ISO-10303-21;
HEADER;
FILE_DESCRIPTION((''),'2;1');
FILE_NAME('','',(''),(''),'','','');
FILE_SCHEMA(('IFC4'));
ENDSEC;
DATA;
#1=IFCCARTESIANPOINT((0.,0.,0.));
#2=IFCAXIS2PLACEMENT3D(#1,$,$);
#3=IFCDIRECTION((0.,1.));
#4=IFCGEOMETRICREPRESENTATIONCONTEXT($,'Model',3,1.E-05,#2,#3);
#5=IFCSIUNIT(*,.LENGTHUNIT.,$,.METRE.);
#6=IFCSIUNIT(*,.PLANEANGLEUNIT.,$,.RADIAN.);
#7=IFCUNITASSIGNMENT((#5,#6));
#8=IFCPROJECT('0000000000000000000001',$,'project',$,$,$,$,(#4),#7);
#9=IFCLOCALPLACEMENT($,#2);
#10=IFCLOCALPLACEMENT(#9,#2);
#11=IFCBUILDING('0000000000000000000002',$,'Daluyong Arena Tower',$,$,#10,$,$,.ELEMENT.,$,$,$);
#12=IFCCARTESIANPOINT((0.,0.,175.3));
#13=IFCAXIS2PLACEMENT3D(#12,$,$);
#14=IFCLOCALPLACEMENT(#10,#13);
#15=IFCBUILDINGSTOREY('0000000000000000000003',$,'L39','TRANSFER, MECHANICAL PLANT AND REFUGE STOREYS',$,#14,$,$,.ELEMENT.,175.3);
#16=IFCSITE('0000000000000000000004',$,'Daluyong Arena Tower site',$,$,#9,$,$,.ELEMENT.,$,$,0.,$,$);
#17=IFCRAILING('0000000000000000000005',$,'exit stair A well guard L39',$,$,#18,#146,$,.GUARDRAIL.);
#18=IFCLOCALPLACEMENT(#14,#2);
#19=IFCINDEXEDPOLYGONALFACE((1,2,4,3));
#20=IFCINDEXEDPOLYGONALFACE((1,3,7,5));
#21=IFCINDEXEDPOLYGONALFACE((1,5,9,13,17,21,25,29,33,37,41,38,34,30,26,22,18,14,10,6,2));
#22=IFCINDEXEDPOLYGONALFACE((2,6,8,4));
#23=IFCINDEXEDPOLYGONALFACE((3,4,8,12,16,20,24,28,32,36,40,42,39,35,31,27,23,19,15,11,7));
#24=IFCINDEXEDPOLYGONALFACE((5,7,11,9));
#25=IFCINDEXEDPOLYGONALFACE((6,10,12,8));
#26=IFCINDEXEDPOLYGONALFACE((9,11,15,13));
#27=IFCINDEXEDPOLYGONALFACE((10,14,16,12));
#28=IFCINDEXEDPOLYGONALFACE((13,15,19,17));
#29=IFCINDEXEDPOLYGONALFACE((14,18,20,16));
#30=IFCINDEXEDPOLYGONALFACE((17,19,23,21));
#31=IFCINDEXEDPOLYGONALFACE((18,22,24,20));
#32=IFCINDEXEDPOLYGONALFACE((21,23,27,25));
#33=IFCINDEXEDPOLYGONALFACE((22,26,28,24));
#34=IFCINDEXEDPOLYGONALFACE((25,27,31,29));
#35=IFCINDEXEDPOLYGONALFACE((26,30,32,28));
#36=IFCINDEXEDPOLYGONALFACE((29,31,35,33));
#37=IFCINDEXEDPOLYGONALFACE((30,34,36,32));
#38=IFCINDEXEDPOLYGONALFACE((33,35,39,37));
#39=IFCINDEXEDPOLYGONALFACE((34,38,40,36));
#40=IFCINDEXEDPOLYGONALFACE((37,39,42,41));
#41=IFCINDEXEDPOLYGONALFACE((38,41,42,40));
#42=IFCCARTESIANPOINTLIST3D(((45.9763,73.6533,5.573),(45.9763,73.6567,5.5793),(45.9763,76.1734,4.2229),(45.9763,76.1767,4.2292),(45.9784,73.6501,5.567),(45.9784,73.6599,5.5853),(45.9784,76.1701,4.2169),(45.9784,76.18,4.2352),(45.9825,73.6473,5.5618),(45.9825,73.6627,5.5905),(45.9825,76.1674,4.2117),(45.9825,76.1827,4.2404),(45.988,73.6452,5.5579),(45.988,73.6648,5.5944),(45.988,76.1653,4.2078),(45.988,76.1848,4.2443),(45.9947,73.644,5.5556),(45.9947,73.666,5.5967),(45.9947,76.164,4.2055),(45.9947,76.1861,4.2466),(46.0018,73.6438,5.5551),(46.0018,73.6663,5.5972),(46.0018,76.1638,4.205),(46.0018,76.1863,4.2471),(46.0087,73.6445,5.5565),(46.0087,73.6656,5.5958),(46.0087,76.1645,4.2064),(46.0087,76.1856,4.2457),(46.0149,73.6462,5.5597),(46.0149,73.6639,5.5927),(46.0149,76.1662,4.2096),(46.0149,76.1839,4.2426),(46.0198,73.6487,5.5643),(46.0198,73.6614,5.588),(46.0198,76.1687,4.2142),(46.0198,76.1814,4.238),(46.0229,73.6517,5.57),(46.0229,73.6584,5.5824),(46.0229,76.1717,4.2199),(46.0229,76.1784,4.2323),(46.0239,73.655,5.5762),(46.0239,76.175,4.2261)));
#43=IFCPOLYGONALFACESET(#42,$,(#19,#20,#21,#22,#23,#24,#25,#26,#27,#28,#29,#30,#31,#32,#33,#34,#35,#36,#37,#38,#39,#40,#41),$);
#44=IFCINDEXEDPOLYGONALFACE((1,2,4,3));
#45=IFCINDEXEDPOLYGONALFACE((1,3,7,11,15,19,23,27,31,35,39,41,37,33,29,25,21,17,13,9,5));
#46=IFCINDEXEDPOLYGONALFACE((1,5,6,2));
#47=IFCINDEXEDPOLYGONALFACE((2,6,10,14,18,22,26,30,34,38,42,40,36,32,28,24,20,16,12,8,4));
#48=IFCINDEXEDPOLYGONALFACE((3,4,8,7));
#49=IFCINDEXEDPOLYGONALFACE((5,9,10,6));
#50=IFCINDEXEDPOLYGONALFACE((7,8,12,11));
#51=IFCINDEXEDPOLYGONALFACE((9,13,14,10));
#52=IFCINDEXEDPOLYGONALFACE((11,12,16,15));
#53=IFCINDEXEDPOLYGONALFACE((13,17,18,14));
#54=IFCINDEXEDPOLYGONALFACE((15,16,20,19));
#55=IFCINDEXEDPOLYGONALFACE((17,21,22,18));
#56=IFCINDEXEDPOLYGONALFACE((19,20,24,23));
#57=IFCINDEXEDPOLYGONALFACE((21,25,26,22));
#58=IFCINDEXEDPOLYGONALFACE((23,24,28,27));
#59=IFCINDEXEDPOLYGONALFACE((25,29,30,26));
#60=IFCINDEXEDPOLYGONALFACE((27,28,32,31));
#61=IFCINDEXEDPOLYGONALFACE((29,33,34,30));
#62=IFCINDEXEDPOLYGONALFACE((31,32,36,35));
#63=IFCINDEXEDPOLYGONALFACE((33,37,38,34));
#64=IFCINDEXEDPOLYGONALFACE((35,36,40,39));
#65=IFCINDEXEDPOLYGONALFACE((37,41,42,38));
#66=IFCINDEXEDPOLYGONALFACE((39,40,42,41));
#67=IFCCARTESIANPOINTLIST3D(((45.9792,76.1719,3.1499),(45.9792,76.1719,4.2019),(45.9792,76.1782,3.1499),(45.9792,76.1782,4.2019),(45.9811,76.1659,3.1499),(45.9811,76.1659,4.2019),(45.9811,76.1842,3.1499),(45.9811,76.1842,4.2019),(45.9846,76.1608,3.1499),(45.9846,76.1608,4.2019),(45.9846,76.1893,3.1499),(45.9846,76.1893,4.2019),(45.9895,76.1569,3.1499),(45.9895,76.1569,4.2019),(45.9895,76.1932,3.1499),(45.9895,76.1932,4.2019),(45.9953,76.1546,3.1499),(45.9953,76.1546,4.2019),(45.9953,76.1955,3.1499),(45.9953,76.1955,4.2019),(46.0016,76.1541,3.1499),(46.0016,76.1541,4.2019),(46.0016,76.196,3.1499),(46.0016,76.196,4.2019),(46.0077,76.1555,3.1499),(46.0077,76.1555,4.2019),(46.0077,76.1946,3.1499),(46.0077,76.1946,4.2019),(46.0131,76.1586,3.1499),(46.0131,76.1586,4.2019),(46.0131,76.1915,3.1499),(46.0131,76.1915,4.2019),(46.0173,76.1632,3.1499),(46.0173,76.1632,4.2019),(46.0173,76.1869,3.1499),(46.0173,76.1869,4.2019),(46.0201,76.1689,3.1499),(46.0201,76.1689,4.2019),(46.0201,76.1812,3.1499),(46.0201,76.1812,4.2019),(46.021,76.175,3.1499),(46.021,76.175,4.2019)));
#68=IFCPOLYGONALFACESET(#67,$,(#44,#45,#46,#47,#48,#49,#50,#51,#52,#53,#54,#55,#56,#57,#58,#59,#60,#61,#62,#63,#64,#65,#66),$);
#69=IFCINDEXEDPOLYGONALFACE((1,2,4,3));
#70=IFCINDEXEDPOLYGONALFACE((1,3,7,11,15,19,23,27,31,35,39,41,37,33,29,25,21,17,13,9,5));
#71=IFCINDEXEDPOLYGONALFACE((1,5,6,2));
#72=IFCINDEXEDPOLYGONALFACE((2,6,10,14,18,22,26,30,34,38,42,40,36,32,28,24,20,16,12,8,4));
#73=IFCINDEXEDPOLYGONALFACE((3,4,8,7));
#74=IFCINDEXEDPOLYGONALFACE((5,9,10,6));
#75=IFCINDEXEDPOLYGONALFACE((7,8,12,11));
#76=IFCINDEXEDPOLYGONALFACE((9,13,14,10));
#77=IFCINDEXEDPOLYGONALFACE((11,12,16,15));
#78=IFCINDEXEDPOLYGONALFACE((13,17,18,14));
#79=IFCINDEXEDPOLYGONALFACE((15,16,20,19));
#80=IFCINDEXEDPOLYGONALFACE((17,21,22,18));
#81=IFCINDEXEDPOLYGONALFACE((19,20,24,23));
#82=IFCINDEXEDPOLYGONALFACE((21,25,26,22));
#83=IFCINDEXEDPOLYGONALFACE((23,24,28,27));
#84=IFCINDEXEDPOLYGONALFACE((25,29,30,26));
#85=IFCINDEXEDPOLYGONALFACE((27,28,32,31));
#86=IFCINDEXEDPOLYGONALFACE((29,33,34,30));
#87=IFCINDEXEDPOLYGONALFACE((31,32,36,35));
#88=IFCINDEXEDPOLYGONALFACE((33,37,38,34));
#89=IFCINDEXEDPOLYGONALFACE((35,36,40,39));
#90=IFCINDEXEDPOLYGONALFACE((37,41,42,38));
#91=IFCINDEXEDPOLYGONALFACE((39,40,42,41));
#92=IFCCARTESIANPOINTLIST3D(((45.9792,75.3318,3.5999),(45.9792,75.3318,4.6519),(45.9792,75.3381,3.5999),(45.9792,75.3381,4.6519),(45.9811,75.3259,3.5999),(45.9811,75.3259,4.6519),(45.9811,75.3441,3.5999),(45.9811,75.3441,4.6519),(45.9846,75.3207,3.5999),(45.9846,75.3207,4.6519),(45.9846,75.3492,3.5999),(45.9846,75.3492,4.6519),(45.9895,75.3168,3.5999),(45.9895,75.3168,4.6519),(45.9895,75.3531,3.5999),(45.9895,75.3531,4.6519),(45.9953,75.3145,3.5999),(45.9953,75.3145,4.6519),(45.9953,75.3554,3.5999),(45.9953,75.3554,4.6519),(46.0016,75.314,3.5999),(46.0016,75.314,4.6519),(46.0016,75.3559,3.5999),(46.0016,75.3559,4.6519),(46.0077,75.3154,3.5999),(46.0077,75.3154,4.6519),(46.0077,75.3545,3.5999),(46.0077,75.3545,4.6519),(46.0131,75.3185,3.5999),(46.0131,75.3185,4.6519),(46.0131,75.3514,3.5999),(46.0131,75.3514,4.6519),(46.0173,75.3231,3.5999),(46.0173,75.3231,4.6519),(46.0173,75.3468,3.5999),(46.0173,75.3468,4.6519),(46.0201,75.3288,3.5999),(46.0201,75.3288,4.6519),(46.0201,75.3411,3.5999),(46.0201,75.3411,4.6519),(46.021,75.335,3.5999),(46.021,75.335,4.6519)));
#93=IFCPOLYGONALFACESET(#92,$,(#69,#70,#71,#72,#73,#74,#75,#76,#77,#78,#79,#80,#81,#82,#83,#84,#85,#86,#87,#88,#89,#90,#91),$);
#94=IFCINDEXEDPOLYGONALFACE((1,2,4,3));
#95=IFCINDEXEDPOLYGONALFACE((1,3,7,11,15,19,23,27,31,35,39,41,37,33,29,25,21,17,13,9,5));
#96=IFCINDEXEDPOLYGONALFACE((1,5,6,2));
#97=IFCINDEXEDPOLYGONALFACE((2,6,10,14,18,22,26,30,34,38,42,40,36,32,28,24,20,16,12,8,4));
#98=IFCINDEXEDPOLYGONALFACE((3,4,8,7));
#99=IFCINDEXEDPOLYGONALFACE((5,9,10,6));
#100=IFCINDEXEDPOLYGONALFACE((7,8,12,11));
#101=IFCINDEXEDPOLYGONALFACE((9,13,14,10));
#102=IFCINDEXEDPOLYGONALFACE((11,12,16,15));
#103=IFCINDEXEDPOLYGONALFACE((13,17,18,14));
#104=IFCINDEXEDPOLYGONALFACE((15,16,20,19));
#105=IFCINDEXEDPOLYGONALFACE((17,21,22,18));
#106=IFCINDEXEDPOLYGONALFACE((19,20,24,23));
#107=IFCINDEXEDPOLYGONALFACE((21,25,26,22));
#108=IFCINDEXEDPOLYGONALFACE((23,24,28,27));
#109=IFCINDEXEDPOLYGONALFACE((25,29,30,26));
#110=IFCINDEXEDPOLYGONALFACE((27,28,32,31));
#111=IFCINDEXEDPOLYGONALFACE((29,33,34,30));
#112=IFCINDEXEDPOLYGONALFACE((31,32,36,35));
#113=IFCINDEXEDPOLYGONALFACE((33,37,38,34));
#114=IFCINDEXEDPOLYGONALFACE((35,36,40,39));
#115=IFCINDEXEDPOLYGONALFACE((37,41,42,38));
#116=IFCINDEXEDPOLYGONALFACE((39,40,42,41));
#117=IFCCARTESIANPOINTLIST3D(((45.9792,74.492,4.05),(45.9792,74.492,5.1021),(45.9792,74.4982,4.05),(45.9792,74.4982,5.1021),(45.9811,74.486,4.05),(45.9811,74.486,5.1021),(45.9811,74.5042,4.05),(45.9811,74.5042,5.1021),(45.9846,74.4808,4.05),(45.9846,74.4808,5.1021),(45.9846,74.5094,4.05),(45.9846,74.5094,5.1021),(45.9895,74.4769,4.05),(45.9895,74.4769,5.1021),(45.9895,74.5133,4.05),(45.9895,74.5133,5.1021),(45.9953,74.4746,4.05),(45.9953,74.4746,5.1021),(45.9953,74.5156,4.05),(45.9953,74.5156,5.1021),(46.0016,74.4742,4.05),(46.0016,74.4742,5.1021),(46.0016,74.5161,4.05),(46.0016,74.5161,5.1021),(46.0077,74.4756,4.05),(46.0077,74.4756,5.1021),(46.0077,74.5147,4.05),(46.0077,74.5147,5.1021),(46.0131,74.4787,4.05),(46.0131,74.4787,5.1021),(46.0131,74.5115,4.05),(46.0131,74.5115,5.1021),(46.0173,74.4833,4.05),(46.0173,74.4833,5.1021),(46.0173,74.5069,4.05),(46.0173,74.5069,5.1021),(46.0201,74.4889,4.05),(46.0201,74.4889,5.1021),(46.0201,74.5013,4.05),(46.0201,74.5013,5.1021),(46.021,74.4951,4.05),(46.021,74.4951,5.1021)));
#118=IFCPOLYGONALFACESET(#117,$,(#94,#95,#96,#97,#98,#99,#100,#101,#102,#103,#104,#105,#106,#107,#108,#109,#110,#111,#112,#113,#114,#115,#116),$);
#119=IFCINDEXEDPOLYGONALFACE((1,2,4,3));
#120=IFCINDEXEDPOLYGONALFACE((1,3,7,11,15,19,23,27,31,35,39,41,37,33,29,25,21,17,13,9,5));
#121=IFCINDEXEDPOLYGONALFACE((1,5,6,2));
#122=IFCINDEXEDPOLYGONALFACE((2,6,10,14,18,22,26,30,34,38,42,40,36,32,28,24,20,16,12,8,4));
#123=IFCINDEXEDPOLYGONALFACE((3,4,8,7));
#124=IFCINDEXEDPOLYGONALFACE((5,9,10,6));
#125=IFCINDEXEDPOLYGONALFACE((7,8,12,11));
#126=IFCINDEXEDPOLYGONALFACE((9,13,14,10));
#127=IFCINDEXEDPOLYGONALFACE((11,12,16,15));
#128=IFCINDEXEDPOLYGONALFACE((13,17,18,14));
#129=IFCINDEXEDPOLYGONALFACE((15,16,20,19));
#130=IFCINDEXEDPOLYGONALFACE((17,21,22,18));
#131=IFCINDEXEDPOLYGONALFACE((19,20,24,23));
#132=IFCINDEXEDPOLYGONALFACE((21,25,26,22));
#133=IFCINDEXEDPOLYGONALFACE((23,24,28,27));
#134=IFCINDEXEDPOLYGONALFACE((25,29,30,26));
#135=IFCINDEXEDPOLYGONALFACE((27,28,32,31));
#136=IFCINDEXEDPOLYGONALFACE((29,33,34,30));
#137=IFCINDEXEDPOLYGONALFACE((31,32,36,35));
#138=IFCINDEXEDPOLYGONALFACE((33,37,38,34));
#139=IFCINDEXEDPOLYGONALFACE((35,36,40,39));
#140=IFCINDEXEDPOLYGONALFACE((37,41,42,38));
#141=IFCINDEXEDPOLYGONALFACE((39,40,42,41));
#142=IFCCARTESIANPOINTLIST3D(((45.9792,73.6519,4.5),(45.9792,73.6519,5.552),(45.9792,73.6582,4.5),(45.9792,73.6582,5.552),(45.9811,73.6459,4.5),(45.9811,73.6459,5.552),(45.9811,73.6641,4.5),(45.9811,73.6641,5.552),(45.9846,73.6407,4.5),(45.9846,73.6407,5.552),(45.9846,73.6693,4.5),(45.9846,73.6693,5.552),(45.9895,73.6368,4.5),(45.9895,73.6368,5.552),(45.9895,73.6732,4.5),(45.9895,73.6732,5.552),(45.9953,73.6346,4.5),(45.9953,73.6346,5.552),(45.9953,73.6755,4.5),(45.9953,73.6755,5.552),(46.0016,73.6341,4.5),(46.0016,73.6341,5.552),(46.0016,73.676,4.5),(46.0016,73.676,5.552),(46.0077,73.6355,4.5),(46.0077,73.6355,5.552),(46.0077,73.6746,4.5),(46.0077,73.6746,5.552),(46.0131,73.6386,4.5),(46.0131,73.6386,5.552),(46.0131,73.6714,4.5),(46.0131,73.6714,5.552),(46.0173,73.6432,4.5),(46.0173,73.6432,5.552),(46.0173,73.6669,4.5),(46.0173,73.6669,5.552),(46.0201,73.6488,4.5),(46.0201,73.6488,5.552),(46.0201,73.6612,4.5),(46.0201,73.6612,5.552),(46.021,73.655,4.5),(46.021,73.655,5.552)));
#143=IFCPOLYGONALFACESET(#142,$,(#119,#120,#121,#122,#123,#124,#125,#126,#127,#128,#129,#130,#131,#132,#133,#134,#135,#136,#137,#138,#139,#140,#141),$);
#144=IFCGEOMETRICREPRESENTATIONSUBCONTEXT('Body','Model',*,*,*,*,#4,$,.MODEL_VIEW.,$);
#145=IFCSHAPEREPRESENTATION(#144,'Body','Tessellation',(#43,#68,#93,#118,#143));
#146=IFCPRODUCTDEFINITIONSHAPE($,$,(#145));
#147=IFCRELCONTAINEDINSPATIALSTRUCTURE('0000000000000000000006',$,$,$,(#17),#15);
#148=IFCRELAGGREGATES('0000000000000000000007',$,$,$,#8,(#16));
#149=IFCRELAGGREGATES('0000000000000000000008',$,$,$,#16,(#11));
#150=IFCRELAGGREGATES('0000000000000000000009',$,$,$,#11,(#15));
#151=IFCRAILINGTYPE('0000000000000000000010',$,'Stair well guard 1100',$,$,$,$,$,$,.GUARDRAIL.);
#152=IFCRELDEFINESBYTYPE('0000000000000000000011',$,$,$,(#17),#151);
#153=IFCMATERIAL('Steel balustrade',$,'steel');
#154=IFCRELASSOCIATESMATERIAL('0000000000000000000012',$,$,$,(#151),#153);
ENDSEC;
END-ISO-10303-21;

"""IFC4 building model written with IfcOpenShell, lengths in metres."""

from ifc_helpers import new_model, si_unit, direction, frame, origin, origin_2d, place, context, subcontext, project, spatial, circle, extrude, material, type_object, element, save


model = new_model("IFC4")

# Units and contexts
model_context = context("Model", 3, precision=1e-05, world=origin(), true_north=direction((0.0, 1.0)))
body_context = subcontext(model_context, "Body", "Model", "MODEL_VIEW")
ifc_project = project(units=[si_unit("LENGTHUNIT", "METRE"), si_unit("PLANEANGLEUNIT", "RADIAN")], contexts=[model_context])

# Site, building, storey
site_placement = place(None, origin())
site = spatial("IfcSite", under=ifc_project, at=site_placement, Name="Daluyong Arena Tower site", CompositionType="ELEMENT", RefElevation=0.0)
building_placement = place(site_placement, origin())
building = spatial("IfcBuilding", under=site, at=building_placement, Name="Daluyong Arena Tower", CompositionType="ELEMENT")
storey_placement = place(building_placement, frame((0.0, 0.0, 175.3)))
storey = spatial("IfcBuildingStorey", under=building, at=storey_placement, Name="L39", Description="TRANSFER, MECHANICAL PLANT AND REFUGE STOREYS", CompositionType="ELEMENT", Elevation=175.3)

# Railing
ifc_material_1 = material(Name="Steel balustrade", Category="steel")
railing_type_1 = type_object("IfcRailingType", Name="Stair well guard 1100", PredefinedType="GUARDRAIL", material=ifc_material_1)
railing_1_placement = place(storey_placement, frame((46.0, 76.175, 3.1499)))
element("IfcRailing", 1, at=railing_1_placement, inside=storey, type_object=railing_type_1, Name="exit stair A well guard L39", PredefinedType="GUARDRAIL", context=body_context, shape_type="SweptSolid", body=[
    extrude(circle(Radius=0.0239, at=origin_2d()), frame((0.0, 0.0, 1.0762), z_axis=(0.0, -0.881467, 0.472245), x_axis=(1.0, 0.0, 0.0)), (0.0, 0.0, 1.0), 2.8589),
    extrude(circle(Radius=0.021, at=origin_2d()), origin(), (0.0, 0.0, 1.0), 1.052),
    extrude(circle(Radius=0.021, at=origin_2d()), frame((0.0, -0.8401, 0.45)), (0.0, 0.0, 1.0), 1.052),
    extrude(circle(Radius=0.021, at=origin_2d()), frame((0.0, -1.6799, 0.9001)), (0.0, 0.0, 1.0), 1.052),
    extrude(circle(Radius=0.021, at=origin_2d()), frame((0.0, -2.52, 1.3501)), (0.0, 0.0, 1.0), 1.052),
])

save(model, "model.ifc")
